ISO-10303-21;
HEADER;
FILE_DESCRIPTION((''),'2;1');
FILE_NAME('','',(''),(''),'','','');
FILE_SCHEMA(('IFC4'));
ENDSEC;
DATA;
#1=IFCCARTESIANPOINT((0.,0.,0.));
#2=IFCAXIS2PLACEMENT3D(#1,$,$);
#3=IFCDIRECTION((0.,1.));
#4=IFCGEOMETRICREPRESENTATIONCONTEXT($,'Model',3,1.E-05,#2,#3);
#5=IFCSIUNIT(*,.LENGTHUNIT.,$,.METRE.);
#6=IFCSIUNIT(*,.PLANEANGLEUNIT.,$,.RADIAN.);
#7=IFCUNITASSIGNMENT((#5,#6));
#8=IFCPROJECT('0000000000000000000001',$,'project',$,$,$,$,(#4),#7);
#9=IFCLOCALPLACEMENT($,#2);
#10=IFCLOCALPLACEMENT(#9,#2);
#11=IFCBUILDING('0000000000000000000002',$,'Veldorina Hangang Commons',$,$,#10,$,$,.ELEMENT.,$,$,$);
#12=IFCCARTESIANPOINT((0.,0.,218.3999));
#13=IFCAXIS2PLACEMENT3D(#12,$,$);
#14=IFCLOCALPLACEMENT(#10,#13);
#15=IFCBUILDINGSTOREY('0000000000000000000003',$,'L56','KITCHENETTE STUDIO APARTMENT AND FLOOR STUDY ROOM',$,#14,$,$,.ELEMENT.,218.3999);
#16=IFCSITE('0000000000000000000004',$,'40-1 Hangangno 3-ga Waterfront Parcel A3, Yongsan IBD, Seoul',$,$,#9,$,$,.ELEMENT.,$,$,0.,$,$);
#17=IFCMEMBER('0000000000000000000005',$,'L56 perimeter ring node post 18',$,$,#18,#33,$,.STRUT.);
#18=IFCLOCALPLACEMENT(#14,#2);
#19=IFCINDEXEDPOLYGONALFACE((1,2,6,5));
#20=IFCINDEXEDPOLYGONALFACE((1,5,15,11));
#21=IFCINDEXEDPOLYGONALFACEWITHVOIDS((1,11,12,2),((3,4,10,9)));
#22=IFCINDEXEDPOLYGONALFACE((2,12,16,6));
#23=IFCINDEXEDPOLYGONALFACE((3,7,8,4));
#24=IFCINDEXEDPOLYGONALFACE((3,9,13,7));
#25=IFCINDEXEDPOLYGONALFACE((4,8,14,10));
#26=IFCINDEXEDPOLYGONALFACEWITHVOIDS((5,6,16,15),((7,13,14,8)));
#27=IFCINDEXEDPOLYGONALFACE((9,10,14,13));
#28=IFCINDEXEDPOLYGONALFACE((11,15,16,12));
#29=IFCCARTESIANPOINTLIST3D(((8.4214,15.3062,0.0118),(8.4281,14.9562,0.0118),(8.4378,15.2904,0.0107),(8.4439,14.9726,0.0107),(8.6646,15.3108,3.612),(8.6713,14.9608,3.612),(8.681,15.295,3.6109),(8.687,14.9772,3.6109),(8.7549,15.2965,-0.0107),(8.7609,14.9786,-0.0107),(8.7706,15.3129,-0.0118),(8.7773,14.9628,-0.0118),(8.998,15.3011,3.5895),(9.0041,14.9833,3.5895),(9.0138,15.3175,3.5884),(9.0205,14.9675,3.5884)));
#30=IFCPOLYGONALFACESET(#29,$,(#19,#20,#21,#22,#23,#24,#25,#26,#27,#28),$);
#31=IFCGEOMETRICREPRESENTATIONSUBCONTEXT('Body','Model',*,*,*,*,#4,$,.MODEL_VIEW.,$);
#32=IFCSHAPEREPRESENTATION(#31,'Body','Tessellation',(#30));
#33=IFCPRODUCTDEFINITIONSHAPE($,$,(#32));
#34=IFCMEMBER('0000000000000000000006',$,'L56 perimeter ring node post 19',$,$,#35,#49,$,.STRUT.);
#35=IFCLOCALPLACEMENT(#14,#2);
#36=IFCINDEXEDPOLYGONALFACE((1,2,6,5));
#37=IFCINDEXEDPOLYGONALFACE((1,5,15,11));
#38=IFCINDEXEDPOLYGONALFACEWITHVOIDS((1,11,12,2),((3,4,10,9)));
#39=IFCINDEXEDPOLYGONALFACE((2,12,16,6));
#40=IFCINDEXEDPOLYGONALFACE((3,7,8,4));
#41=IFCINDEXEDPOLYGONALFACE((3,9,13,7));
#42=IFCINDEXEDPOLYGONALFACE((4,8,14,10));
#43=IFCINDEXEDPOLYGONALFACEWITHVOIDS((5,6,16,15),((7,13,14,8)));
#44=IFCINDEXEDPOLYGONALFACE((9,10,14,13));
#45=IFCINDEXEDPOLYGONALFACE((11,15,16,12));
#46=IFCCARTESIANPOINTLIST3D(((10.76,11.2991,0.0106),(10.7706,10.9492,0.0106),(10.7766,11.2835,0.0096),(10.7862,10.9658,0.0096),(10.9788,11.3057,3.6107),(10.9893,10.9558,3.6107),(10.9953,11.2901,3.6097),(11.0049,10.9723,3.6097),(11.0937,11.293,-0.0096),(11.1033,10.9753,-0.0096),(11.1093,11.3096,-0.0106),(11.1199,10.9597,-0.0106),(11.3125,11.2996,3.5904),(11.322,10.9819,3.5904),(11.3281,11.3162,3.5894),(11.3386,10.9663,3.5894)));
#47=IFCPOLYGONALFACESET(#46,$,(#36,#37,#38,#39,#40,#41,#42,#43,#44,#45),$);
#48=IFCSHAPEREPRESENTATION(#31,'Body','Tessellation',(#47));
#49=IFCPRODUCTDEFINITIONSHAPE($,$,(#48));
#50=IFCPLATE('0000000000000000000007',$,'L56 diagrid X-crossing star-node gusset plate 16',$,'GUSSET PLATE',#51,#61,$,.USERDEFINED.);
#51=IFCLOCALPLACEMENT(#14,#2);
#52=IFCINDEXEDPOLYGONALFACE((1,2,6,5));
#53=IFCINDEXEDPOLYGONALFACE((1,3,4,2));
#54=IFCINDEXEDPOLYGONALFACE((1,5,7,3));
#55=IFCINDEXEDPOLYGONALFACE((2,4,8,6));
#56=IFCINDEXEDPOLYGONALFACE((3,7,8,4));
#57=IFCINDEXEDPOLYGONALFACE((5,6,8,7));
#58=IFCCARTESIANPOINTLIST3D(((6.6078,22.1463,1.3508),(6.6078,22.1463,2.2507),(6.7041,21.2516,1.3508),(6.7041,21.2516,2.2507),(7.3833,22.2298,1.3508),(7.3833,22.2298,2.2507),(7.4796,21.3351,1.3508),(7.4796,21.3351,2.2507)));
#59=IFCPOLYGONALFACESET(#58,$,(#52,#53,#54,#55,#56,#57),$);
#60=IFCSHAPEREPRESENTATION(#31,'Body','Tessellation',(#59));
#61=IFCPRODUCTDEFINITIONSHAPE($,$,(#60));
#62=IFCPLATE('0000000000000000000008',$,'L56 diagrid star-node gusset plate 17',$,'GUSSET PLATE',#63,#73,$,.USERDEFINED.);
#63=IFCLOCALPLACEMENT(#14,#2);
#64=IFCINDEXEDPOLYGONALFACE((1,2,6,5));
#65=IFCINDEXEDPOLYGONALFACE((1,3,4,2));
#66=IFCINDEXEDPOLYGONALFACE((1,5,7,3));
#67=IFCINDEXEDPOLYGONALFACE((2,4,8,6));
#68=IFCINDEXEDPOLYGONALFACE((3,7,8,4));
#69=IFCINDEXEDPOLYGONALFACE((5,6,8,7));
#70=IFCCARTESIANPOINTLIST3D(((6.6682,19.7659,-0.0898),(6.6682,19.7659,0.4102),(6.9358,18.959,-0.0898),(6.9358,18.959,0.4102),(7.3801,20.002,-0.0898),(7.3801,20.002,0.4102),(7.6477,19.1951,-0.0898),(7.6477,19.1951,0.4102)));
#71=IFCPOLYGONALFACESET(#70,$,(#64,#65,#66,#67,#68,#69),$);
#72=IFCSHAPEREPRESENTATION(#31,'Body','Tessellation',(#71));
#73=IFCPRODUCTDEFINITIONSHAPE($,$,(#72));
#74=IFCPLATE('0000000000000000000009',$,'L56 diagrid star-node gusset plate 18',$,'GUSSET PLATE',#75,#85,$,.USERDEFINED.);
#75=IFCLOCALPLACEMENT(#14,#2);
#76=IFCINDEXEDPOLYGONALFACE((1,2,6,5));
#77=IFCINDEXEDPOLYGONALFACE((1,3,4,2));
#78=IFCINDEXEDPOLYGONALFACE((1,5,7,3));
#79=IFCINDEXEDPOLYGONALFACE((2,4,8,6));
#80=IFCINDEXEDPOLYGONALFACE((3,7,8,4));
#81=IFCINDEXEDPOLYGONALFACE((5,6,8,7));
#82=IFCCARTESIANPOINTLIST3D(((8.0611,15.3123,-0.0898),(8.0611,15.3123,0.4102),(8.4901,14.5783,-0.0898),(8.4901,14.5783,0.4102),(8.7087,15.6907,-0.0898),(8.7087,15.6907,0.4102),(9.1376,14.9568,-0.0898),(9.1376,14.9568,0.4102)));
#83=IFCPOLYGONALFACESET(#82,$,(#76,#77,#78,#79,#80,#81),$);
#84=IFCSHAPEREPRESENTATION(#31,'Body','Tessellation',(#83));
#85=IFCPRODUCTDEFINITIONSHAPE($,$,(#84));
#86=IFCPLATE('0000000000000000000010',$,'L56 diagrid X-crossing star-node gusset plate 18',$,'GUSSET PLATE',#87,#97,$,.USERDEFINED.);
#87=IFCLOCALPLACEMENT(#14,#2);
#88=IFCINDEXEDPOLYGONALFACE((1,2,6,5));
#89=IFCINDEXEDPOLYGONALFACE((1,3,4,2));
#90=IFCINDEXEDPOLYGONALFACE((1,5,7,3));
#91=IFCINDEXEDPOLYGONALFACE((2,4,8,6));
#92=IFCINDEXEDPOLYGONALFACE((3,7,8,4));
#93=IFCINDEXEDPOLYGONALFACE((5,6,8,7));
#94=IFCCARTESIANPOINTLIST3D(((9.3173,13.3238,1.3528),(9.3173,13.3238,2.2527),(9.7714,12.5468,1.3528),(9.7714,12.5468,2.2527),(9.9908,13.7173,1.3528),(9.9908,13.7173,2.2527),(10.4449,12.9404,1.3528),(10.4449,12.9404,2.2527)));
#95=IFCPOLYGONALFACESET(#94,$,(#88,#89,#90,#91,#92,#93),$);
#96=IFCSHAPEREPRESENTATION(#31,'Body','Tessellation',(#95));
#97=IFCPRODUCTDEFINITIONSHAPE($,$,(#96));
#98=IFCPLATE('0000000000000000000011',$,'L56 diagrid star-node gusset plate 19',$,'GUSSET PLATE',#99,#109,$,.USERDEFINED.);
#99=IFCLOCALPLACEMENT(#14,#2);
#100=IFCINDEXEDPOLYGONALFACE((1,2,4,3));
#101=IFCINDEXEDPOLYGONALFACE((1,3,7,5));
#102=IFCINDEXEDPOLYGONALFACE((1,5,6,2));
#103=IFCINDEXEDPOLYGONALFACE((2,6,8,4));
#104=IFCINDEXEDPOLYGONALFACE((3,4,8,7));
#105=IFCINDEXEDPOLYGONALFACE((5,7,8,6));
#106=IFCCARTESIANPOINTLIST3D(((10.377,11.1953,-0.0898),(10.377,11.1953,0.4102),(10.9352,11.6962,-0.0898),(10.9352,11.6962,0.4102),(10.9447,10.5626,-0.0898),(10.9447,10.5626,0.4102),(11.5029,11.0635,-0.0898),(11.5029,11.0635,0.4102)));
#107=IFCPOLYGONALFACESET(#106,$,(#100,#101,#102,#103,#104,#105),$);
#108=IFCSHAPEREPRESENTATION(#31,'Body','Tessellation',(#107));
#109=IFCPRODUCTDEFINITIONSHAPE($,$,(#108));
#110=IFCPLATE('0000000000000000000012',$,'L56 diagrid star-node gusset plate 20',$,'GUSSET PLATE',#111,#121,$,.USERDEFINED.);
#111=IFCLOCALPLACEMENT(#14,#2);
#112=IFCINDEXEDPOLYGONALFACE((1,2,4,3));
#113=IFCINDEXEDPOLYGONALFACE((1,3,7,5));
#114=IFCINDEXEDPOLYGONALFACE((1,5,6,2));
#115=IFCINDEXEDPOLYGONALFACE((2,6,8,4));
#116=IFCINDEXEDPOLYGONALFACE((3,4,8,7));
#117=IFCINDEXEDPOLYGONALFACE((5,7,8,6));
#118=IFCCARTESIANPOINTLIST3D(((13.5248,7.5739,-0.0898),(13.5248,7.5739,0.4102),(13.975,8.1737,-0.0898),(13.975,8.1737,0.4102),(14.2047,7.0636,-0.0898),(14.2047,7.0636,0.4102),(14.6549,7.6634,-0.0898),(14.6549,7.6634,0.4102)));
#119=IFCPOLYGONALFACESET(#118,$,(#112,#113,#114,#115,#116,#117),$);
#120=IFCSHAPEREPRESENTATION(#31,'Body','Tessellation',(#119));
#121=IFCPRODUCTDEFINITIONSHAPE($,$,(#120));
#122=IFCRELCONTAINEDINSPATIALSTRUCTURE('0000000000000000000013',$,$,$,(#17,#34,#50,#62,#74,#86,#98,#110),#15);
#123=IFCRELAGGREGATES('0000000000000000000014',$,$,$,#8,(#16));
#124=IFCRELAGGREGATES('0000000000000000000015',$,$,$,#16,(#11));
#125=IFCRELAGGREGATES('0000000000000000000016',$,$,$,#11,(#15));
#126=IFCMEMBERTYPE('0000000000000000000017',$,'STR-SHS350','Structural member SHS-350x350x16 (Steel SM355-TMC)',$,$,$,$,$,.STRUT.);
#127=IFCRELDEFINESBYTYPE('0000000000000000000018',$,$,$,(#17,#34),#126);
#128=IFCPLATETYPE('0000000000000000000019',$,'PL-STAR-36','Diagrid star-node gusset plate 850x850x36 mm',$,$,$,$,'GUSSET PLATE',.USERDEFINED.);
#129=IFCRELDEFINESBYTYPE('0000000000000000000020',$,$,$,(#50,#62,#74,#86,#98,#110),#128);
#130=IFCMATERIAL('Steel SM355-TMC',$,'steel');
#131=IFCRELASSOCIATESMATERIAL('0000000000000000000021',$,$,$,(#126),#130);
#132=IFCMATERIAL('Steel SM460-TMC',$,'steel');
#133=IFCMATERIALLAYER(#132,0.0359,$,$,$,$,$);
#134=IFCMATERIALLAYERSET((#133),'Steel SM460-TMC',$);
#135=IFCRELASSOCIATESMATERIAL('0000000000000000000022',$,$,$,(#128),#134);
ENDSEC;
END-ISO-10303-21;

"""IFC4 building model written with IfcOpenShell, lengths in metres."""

from ifc_helpers import new_model, si_unit, direction, frame, origin, origin_2d, place, context, subcontext, project, spatial, rectangle, hollow_rectangle, extrude, material, layer, layer_set, material_profile, profile_set, type_object, element, save


model = new_model("IFC4")

# Units and contexts
model_context = context("Model", 3, precision=1e-05, world=origin(), true_north=direction((0.0, 1.0)))
body_context = subcontext(model_context, "Body", "Model", "MODEL_VIEW")
ifc_project = project(units=[si_unit("LENGTHUNIT", "METRE"), si_unit("PLANEANGLEUNIT", "RADIAN")], contexts=[model_context])

# Site, building, storey
site_placement = place(None, origin())
site = spatial("IfcSite", under=ifc_project, at=site_placement, Name="40-1 Hangangno 3-ga Waterfront Parcel A3, Yongsan IBD, Seoul", CompositionType="ELEMENT", RefElevation=0.0)
building_placement = place(site_placement, origin())
building = spatial("IfcBuilding", under=site, at=building_placement, Name="Veldorina Hangang Commons", CompositionType="ELEMENT")
storey_placement = place(building_placement, frame((0.0, 0.0, 218.3999)))
storey = spatial("IfcBuildingStorey", under=building, at=storey_placement, Name="L56", Description="KITCHENETTE STUDIO APARTMENT AND FLOOR STUDY ROOM", CompositionType="ELEMENT", Elevation=218.3999)

# Shared definitions
ifc_material_1 = material(Name="Steel SM355-TMC", Category="steel")

# Members
ifc_material_profile_1 = material_profile(ifc_material_1, hollow_rectangle(XDim=0.3501, YDim=0.3501, WallThickness=0.0161, at=origin_2d()), Name="SHS-350x350x16")
ifc_profile_set_1 = profile_set([ifc_material_profile_1], Name="Steel SM355-TMC")
member_type_1 = type_object("IfcMemberType", Name="STR-SHS350", Description="Structural member SHS-350x350x16 (Steel SM355-TMC)", PredefinedType="STRUT", material=ifc_profile_set_1)
member_1_placement = place(storey_placement, frame((8.5994, 15.1345, 0.0), z_axis=(0.06739, 0.001286, 0.997726), x_axis=(-0.019073, 0.999818, 0.0)))
element("IfcMember", 1, at=member_1_placement, inside=storey, type_object=member_type_1, Name="L56 perimeter ring node post 18", PredefinedType="STRUT", context=body_context, shape_type="SweptSolid", body=[
    extrude(hollow_rectangle(XDim=0.3501, YDim=0.3501, WallThickness=0.0161, at=origin_2d()), origin(), (0.0, 0.0, 1.0), 3.6084),
])
member_2_placement = place(storey_placement, frame((10.9399, 11.1294, 0.0), z_axis=(0.06065, 0.001828, 0.998157), x_axis=(-0.03012, 0.999546, 0.0)))
element("IfcMember", 2, at=member_2_placement, inside=storey, type_object=member_type_1, Name="L56 perimeter ring node post 19", PredefinedType="STRUT", context=body_context, shape_type="SweptSolid", body=[
    extrude(hollow_rectangle(XDim=0.3501, YDim=0.3501, WallThickness=0.0161, at=origin_2d()), origin(), (0.0, 0.0, 1.0), 3.6067),
])

# Plates
ifc_material_2 = material(Name="Steel SM460-TMC", Category="steel")
ifc_layer_1 = layer(ifc_material_2, 0.0359)
ifc_layer_set_1 = layer_set([ifc_layer_1], Name="Steel SM460-TMC")
plate_type = type_object("IfcPlateType", Name="PL-STAR-36", Description="Diagrid star-node gusset plate 850x850x36 mm", ElementType="GUSSET PLATE", PredefinedType="USERDEFINED", material=ifc_layer_set_1)
plate_1_placement = place(storey_placement, frame((7.0437, 21.7407, 1.3508), z_axis=(0.0, 0.0, 1.0), x_axis=(0.107062, -0.994252, 0.0)))
element("IfcPlate", 3, at=plate_1_placement, inside=storey, type_object=plate_type, Name="L56 diagrid X-crossing star-node gusset plate 16", ObjectType="GUSSET PLATE", PredefinedType="USERDEFINED", context=body_context, shape_type="SweptSolid", body=[
    extrude(rectangle(XDim=0.8999, YDim=0.78, at=origin_2d()), origin(), (0.0, 0.0, 1.0), 0.8999),
])
for number, where, z_axis, x_axis, name in (
    (4, (7.158, 19.4805, -0.0898), (0.0, 0.0, 1.0), (0.314788, -0.949162, 0.0), "L56 diagrid star-node gusset plate 17"),
    (5, (8.5994, 15.1345, -0.0898), (0.0, 0.0, 1.0), (0.504573, -0.863369, 0.0), "L56 diagrid star-node gusset plate 18"),
):
    element("IfcPlate", number, at=place(storey_placement, frame(where, z_axis=z_axis, x_axis=x_axis)), inside=storey, type_object=plate_type, Name=name, ObjectType="GUSSET PLATE", PredefinedType="USERDEFINED", context=body_context, shape_type="SweptSolid", body=[
        extrude(rectangle(XDim=0.8501, YDim=0.75, at=origin_2d()), origin(), (0.0, 0.0, 1.0), 0.5),
    ])
plate_2_placement = place(storey_placement, frame((9.8811, 13.1321, 1.3528), z_axis=(0.0, 0.0, 1.0), x_axis=(0.504573, -0.863369, 0.0)))
element("IfcPlate", 6, at=plate_2_placement, inside=storey, type_object=plate_type, Name="L56 diagrid X-crossing star-node gusset plate 18", ObjectType="GUSSET PLATE", PredefinedType="USERDEFINED", context=body_context, shape_type="SweptSolid", body=[
    extrude(rectangle(XDim=0.8999, YDim=0.78, at=origin_2d()), origin(), (0.0, 0.0, 1.0), 0.8999),
])
for number, where, z_axis, x_axis, name in (
    (7, (10.9399, 11.1294, -0.0898), (0.0, 0.0, 1.0), (0.667833, -0.744312, 0.0), "L56 diagrid star-node gusset plate 19"),
    (8, (14.0898, 7.6187, -0.0898), (0.0, 0.0, 1.0), (0.799758, -0.600323, 0.0), "L56 diagrid star-node gusset plate 20"),
):
    element("IfcPlate", number, at=place(storey_placement, frame(where, z_axis=z_axis, x_axis=x_axis)), inside=storey, type_object=plate_type, Name=name, ObjectType="GUSSET PLATE", PredefinedType="USERDEFINED", context=body_context, shape_type="SweptSolid", body=[
        extrude(rectangle(XDim=0.8501, YDim=0.75, at=origin_2d()), origin(), (0.0, 0.0, 1.0), 0.5),
    ])

save(model, "model.ifc")
